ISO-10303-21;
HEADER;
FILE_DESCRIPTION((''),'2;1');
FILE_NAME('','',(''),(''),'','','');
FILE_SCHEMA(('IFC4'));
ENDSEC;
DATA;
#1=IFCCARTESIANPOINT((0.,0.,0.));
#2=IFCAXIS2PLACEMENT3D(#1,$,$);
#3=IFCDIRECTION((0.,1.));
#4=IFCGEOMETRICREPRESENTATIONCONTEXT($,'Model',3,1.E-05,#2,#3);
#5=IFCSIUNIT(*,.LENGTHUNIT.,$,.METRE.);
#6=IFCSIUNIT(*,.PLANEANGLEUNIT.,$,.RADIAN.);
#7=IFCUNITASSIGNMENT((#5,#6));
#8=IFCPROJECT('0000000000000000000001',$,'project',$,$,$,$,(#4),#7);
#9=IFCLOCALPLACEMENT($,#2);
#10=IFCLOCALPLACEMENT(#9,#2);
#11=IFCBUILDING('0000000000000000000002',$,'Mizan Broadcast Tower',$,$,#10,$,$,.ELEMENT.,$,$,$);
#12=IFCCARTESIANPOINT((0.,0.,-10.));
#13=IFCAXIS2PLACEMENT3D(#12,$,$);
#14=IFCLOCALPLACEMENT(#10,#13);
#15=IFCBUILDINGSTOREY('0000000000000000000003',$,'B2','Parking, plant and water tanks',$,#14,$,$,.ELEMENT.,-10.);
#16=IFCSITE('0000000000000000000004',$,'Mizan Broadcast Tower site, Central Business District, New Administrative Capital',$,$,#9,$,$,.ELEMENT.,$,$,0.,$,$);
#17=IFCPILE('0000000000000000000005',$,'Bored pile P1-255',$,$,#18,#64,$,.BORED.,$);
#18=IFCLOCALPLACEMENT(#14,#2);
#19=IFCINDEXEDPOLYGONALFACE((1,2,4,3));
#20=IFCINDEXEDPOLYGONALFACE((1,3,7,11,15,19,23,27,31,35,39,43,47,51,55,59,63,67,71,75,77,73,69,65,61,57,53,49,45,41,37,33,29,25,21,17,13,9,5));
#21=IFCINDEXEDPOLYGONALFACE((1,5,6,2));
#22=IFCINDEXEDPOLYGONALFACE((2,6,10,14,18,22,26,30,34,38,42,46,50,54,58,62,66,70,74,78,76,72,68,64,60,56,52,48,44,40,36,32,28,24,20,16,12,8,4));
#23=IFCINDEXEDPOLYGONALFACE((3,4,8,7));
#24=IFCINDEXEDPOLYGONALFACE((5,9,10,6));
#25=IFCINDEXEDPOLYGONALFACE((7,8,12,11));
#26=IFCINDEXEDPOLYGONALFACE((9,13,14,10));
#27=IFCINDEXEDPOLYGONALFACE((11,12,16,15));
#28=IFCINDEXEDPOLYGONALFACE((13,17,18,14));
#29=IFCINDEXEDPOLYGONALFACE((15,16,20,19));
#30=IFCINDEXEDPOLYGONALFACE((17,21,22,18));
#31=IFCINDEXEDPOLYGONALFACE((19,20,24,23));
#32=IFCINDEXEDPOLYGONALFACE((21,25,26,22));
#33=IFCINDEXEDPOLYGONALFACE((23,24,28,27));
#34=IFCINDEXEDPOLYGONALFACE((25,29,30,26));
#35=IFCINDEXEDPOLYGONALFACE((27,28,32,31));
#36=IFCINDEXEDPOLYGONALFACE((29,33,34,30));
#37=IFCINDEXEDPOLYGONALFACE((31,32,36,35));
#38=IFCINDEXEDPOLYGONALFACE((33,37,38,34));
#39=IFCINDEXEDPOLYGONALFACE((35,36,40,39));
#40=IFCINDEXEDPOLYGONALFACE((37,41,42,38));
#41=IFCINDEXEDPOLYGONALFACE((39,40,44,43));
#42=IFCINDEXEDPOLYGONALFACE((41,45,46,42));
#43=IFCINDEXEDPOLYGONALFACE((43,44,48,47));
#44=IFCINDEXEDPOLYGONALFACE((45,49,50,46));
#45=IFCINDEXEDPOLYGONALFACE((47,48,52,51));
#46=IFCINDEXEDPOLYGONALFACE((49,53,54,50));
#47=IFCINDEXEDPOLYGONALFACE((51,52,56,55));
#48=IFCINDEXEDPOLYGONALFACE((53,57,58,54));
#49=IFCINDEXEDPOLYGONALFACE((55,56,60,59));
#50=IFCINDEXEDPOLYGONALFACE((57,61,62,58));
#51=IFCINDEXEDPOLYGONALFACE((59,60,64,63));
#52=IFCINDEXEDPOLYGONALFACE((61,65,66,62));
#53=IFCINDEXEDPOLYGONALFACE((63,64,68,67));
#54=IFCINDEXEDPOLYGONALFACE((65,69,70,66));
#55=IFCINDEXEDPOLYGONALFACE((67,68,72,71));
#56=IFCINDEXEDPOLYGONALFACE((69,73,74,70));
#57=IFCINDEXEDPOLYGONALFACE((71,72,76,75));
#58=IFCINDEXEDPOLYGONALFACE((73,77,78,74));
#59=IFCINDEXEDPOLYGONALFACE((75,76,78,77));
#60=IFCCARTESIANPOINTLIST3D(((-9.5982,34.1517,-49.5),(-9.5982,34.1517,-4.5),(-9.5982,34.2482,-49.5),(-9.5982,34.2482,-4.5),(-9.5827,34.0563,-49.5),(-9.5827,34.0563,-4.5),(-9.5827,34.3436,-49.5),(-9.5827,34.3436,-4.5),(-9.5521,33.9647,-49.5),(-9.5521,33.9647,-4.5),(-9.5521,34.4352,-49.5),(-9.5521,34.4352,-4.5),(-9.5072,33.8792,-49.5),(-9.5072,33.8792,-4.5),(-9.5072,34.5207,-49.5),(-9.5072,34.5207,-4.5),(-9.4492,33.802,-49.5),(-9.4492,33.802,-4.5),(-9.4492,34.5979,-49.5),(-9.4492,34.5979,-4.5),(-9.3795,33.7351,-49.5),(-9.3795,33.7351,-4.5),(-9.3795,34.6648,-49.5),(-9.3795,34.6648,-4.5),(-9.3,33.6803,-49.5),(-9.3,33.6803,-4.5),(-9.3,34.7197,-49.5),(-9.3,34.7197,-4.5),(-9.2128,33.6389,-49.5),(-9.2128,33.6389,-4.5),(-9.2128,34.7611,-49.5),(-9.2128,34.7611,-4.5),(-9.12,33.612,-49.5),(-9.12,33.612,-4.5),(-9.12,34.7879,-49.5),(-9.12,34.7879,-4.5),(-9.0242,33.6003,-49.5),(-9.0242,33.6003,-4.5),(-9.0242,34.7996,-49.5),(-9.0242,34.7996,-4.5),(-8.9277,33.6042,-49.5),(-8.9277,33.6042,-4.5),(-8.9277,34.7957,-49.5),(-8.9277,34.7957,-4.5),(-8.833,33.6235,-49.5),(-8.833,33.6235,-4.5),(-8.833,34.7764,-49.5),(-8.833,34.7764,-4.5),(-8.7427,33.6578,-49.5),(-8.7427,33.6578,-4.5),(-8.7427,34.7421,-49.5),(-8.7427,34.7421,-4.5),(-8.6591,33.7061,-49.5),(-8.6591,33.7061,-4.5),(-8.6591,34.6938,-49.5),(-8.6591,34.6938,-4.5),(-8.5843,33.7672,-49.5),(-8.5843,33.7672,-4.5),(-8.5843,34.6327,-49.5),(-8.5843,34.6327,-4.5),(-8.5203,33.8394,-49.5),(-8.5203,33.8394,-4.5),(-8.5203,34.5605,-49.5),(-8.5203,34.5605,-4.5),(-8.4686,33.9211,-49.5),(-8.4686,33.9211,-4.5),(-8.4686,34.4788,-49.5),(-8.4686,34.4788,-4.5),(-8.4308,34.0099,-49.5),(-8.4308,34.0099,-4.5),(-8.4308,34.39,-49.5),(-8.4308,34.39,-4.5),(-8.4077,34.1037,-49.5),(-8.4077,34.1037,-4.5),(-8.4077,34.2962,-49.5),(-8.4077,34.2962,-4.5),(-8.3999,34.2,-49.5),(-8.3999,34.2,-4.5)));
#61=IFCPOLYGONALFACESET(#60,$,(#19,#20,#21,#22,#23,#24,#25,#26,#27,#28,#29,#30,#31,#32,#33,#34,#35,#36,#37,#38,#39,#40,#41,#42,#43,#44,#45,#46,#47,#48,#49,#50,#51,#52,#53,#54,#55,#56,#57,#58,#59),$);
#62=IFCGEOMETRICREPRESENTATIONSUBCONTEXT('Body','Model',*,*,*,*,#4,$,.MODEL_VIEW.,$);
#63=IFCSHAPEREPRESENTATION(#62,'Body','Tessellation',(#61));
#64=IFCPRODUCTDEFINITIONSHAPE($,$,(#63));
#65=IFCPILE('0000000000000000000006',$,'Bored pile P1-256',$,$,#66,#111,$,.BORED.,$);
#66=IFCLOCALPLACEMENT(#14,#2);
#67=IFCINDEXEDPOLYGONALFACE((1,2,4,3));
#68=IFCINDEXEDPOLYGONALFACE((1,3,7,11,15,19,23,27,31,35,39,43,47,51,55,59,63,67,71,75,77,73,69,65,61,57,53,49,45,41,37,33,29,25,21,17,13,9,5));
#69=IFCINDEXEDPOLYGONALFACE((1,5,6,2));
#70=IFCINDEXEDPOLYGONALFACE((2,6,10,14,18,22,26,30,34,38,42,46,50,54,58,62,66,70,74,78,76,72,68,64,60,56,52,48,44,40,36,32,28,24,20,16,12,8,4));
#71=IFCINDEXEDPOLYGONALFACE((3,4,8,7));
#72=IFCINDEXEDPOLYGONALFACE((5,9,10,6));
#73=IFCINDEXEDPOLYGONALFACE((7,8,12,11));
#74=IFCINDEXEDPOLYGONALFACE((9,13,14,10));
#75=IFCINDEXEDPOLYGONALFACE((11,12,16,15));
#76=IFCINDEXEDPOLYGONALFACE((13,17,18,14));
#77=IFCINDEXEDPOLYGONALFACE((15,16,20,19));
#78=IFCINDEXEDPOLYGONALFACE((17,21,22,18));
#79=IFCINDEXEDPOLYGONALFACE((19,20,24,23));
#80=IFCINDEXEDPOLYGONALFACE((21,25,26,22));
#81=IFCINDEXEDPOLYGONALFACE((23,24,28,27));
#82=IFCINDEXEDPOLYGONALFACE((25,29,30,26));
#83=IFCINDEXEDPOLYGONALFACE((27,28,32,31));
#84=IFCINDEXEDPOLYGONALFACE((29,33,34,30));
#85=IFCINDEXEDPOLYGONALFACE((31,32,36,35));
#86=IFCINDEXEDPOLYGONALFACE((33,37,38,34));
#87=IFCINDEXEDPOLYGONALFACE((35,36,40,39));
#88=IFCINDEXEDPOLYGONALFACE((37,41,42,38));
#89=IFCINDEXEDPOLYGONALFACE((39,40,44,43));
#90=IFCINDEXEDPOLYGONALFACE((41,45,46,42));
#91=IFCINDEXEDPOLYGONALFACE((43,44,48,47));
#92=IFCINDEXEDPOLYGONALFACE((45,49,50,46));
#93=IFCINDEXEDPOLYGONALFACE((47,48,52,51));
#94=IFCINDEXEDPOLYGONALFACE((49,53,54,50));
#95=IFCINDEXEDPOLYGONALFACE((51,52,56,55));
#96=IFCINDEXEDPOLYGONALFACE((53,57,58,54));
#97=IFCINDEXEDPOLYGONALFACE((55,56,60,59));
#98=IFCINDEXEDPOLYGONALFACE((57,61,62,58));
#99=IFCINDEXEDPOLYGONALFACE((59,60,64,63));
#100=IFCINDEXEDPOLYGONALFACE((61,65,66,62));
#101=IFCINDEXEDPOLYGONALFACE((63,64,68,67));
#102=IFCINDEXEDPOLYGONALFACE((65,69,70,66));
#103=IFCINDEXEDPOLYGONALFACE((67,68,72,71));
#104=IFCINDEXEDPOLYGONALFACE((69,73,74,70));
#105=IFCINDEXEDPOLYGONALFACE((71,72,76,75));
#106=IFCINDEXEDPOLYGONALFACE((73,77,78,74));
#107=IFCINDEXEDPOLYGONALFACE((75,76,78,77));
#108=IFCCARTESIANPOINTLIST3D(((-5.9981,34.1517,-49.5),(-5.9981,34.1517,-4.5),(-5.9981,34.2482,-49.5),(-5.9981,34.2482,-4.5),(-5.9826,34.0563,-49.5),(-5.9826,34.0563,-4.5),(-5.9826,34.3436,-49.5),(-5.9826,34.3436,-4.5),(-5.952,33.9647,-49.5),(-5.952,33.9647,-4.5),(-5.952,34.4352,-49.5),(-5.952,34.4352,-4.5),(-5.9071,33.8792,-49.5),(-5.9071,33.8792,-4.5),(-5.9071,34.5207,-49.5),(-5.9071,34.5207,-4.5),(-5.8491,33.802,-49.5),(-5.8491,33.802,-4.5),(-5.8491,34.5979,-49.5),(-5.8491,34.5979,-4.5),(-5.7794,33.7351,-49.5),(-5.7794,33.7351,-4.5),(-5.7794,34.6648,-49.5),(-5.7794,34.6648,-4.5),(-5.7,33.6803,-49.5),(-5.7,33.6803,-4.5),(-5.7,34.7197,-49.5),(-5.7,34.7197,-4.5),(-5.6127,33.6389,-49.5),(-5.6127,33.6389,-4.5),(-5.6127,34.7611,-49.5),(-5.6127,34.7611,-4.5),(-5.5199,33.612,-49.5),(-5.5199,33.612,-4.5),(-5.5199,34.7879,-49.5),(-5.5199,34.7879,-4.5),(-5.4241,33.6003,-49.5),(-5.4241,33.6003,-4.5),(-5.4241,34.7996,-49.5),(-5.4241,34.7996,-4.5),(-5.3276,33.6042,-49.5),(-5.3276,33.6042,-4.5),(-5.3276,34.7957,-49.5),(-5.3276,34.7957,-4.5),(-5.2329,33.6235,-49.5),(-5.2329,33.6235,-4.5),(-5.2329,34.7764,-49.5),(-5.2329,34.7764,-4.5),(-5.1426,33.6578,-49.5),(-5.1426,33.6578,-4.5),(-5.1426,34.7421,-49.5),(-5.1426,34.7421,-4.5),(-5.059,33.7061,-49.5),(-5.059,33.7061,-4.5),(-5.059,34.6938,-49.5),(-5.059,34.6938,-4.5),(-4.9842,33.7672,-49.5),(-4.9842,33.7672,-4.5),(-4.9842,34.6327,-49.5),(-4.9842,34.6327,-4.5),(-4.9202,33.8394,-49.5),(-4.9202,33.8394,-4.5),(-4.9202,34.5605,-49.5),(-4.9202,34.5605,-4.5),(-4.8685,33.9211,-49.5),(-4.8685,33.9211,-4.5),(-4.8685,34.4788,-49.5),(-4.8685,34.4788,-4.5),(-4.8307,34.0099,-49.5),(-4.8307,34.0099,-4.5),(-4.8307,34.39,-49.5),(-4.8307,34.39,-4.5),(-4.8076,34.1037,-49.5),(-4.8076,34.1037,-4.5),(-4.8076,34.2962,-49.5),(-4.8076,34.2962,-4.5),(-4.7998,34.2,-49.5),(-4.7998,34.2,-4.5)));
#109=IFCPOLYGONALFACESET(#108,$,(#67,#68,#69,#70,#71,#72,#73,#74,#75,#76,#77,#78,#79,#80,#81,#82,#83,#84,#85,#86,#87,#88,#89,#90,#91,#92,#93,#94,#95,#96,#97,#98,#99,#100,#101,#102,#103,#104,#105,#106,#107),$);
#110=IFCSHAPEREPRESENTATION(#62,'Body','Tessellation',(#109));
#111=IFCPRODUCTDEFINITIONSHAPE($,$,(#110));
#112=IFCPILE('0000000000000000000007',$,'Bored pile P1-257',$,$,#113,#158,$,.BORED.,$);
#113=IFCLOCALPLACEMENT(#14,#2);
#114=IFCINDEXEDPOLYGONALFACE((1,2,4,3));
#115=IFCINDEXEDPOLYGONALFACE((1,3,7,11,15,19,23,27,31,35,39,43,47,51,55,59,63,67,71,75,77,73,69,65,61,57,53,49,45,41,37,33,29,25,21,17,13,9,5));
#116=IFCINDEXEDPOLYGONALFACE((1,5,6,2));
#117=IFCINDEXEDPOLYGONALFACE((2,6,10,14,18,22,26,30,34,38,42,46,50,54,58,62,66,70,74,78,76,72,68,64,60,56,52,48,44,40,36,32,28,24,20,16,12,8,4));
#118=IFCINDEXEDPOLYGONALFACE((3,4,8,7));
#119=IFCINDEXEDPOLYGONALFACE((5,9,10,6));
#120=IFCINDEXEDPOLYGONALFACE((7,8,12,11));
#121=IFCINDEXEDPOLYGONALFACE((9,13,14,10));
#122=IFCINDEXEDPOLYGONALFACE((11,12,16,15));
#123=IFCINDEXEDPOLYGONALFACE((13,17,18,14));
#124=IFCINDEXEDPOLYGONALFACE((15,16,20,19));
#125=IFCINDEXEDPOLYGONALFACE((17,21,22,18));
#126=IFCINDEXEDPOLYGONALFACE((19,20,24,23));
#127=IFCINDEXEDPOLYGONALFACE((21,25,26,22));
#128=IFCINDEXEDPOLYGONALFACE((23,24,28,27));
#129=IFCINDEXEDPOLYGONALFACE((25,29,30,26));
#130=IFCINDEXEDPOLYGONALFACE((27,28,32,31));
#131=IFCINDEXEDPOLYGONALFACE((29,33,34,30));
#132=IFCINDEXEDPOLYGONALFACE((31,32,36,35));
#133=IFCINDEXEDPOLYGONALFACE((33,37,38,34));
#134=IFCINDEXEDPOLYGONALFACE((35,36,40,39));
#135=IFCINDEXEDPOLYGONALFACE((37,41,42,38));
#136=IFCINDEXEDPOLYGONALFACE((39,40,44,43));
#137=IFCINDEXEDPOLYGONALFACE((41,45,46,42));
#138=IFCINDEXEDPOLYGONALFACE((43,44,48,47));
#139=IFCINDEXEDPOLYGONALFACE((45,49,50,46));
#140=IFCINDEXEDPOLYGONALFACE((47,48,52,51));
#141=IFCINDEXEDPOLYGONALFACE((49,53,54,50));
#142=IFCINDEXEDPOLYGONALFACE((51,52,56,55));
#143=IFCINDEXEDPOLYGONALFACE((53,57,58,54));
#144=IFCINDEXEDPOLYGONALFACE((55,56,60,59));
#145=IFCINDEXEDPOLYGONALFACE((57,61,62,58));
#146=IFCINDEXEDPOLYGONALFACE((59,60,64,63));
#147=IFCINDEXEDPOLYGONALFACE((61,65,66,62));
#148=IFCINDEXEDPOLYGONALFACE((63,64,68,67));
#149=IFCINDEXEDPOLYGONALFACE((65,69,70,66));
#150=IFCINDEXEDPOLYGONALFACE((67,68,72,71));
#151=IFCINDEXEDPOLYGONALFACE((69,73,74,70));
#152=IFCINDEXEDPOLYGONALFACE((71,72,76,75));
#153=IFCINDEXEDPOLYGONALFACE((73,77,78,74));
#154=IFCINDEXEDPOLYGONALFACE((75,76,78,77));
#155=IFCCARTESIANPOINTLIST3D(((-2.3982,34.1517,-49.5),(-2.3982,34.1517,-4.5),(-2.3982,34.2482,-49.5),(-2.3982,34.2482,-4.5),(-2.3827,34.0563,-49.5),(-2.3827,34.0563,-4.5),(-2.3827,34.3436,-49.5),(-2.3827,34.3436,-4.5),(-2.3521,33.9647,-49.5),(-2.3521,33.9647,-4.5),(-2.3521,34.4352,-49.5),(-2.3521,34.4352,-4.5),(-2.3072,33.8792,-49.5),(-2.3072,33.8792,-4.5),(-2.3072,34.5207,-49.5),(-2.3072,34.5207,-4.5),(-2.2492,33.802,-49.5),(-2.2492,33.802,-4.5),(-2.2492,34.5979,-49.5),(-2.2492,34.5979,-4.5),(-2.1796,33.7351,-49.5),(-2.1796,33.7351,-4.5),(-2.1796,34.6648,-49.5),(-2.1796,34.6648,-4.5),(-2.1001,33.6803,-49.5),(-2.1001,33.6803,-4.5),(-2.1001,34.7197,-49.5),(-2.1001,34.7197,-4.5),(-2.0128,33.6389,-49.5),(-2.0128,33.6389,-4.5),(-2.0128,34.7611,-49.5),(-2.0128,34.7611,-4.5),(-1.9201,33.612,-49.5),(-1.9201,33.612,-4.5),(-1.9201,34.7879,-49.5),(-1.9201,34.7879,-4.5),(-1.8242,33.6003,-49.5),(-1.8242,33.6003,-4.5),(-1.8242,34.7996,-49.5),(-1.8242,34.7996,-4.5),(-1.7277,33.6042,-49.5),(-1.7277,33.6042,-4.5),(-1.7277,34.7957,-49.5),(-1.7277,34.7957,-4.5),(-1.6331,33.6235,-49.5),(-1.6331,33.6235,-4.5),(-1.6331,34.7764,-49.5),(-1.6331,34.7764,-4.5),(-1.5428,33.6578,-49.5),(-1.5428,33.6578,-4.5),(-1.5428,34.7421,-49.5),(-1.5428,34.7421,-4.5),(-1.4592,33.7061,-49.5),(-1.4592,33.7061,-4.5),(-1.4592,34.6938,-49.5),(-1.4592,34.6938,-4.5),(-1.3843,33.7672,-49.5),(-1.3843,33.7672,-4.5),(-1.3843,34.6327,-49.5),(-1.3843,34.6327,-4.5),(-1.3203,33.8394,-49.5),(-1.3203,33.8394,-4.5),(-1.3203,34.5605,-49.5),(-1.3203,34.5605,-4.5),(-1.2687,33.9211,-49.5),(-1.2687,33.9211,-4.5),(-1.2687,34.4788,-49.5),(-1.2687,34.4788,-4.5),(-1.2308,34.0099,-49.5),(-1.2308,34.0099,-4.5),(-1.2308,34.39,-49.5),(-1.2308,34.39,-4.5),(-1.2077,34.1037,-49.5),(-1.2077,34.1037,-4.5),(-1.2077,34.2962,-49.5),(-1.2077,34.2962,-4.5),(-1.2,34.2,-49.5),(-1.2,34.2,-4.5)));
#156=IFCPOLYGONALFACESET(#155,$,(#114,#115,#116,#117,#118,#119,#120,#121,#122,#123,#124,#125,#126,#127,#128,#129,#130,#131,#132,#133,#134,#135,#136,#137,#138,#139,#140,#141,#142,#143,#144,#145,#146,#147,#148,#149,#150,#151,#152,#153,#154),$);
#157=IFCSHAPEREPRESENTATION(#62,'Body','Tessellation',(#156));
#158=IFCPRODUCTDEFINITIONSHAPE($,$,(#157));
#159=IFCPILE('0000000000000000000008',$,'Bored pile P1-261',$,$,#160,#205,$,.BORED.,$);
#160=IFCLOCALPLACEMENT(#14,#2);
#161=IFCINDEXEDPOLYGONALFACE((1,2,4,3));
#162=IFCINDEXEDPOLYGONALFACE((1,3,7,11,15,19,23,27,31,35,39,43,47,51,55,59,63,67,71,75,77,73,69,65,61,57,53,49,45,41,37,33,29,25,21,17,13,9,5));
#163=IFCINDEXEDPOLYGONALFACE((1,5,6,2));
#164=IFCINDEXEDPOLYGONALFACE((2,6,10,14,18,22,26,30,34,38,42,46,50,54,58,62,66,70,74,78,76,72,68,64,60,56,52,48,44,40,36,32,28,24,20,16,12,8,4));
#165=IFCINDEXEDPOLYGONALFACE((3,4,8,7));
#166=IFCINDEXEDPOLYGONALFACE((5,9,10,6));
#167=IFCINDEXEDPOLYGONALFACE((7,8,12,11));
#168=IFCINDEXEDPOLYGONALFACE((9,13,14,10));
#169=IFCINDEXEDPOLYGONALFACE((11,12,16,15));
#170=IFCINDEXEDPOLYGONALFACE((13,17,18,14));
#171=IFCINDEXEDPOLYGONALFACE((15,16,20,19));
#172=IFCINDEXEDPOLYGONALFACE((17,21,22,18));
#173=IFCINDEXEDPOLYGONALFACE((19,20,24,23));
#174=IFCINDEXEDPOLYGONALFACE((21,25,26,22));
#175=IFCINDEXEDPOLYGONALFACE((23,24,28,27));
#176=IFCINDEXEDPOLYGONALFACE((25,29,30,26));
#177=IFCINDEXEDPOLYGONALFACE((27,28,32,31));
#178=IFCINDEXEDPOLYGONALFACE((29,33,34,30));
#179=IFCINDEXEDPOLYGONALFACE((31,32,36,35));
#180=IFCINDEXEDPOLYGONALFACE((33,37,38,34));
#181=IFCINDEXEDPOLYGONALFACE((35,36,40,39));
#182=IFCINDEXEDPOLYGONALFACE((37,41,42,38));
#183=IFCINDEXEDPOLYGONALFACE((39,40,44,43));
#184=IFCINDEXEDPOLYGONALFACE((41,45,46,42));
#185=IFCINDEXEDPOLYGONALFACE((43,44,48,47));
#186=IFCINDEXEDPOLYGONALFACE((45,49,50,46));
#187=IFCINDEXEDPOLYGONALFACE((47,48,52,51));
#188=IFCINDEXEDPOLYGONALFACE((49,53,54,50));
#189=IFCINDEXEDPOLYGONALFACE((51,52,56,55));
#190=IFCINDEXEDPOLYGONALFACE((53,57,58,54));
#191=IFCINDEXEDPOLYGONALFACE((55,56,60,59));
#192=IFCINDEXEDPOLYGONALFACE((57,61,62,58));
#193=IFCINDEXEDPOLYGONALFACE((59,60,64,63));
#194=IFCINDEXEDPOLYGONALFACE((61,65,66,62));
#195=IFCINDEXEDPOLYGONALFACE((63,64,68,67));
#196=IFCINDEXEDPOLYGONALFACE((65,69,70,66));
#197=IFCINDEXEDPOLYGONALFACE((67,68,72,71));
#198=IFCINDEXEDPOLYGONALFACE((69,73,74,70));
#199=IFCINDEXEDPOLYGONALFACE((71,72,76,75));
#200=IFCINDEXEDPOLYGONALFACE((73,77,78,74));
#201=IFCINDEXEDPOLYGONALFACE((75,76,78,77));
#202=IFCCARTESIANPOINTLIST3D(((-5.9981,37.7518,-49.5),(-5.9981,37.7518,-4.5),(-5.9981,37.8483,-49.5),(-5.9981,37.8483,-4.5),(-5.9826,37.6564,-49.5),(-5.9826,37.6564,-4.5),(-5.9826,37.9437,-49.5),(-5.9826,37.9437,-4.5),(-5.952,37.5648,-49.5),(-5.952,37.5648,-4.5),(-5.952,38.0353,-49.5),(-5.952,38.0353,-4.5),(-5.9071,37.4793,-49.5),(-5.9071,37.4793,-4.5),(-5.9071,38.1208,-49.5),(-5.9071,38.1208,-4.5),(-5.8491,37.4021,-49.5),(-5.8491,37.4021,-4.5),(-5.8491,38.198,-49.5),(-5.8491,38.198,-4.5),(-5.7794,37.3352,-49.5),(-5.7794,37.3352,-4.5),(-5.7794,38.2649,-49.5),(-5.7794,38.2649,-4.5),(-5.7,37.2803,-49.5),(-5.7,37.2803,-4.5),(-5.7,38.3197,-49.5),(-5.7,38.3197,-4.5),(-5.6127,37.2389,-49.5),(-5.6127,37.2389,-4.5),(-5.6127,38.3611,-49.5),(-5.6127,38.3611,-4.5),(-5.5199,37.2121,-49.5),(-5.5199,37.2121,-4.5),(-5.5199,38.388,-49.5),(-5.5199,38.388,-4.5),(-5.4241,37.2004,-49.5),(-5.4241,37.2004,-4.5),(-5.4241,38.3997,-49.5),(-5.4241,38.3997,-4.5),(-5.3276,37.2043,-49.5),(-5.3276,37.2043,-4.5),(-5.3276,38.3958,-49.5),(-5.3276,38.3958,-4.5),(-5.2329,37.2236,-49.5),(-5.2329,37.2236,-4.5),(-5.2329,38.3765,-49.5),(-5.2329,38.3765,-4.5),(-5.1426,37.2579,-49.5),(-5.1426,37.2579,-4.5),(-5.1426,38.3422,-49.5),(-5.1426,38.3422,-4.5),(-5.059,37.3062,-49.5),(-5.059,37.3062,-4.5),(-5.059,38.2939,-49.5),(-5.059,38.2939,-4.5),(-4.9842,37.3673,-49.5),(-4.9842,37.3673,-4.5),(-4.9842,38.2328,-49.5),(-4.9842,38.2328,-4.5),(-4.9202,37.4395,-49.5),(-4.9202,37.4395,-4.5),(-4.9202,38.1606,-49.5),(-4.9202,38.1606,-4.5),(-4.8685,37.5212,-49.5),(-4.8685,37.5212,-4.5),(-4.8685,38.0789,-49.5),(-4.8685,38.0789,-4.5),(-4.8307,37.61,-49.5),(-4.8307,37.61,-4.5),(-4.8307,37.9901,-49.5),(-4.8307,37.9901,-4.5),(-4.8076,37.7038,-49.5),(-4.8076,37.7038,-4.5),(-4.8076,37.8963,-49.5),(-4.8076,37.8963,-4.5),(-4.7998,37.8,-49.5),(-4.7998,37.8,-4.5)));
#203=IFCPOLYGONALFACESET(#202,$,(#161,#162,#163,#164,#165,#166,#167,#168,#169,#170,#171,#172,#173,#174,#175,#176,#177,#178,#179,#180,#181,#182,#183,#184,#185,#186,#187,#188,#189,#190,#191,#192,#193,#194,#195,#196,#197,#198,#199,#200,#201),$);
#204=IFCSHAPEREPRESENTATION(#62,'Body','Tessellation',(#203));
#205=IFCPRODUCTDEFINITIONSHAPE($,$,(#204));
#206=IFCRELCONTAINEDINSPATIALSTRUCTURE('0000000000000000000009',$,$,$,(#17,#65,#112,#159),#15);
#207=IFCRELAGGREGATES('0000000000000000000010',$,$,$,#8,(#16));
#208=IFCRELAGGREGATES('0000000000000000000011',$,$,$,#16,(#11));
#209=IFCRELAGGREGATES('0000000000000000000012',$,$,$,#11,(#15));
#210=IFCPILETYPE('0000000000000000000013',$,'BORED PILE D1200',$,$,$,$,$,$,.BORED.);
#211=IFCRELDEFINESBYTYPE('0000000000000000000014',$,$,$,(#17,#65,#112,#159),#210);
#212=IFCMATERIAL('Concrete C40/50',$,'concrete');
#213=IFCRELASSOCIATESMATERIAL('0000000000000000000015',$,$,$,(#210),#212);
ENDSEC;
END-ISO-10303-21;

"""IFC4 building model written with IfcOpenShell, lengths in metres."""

from ifc_helpers import new_model, si_unit, direction, frame, origin, origin_2d, place, context, subcontext, project, spatial, circle, extrude, material, material_profile, profile_set, type_object, element, save


model = new_model("IFC4")

# Units and contexts
model_context = context("Model", 3, precision=1e-05, world=origin(), true_north=direction((0.0, 1.0)))
body_context = subcontext(model_context, "Body", "Model", "MODEL_VIEW")
ifc_project = project(units=[si_unit("LENGTHUNIT", "METRE"), si_unit("PLANEANGLEUNIT", "RADIAN")], contexts=[model_context])

# Site, building, storey
site_placement = place(None, origin())
site = spatial("IfcSite", under=ifc_project, at=site_placement, Name="Mizan Broadcast Tower site, Central Business District, New Administrative Capital", CompositionType="ELEMENT", RefElevation=0.0)
building_placement = place(site_placement, origin())
building = spatial("IfcBuilding", under=site, at=building_placement, Name="Mizan Broadcast Tower", CompositionType="ELEMENT")
storey_placement = place(building_placement, frame((0.0, 0.0, -10.0)))
storey = spatial("IfcBuildingStorey", under=building, at=storey_placement, Name="B2", Description="Parking, plant and water tanks", CompositionType="ELEMENT", Elevation=-10.0)

# Piles
ifc_material_1 = material(Name="Concrete C40/50", Category="concrete")
ifc_material_profile_1 = material_profile(ifc_material_1, circle(Radius=0.6001, at=origin_2d()), Name="D1200")
ifc_profile_set_1 = profile_set([ifc_material_profile_1], Name="Concrete C40/50")
pile_type_1 = type_object("IfcPileType", Name="BORED PILE D1200", PredefinedType="BORED", material=ifc_profile_set_1)
for number, where, z_axis, x_axis, name in (
    (1, (-9.0, 34.2, -4.5), (0.0, 0.0, -1.0), (1.0, 0.0, 0.0), "Bored pile P1-255"),
    (2, (-5.3999, 34.2, -4.5), (0.0, 0.0, -1.0), (1.0, 0.0, 0.0), "Bored pile P1-256"),
    (3, (-1.8, 34.2, -4.5), (0.0, 0.0, -1.0), (1.0, 0.0, 0.0), "Bored pile P1-257"),
    (4, (-5.3999, 37.8, -4.5), (0.0, 0.0, -1.0), (1.0, 0.0, 0.0), "Bored pile P1-261"),
):
    element("IfcPile", number, at=place(storey_placement, frame(where, z_axis=z_axis, x_axis=x_axis)), inside=storey, type_object=pile_type_1, Name=name, PredefinedType="BORED", context=body_context, shape_type="SweptSolid", body=[
        extrude(circle(Radius=0.6001, at=origin_2d()), origin(), (0.0, 0.0, 1.0), 45.0),
    ])

save(model, "model.ifc")
